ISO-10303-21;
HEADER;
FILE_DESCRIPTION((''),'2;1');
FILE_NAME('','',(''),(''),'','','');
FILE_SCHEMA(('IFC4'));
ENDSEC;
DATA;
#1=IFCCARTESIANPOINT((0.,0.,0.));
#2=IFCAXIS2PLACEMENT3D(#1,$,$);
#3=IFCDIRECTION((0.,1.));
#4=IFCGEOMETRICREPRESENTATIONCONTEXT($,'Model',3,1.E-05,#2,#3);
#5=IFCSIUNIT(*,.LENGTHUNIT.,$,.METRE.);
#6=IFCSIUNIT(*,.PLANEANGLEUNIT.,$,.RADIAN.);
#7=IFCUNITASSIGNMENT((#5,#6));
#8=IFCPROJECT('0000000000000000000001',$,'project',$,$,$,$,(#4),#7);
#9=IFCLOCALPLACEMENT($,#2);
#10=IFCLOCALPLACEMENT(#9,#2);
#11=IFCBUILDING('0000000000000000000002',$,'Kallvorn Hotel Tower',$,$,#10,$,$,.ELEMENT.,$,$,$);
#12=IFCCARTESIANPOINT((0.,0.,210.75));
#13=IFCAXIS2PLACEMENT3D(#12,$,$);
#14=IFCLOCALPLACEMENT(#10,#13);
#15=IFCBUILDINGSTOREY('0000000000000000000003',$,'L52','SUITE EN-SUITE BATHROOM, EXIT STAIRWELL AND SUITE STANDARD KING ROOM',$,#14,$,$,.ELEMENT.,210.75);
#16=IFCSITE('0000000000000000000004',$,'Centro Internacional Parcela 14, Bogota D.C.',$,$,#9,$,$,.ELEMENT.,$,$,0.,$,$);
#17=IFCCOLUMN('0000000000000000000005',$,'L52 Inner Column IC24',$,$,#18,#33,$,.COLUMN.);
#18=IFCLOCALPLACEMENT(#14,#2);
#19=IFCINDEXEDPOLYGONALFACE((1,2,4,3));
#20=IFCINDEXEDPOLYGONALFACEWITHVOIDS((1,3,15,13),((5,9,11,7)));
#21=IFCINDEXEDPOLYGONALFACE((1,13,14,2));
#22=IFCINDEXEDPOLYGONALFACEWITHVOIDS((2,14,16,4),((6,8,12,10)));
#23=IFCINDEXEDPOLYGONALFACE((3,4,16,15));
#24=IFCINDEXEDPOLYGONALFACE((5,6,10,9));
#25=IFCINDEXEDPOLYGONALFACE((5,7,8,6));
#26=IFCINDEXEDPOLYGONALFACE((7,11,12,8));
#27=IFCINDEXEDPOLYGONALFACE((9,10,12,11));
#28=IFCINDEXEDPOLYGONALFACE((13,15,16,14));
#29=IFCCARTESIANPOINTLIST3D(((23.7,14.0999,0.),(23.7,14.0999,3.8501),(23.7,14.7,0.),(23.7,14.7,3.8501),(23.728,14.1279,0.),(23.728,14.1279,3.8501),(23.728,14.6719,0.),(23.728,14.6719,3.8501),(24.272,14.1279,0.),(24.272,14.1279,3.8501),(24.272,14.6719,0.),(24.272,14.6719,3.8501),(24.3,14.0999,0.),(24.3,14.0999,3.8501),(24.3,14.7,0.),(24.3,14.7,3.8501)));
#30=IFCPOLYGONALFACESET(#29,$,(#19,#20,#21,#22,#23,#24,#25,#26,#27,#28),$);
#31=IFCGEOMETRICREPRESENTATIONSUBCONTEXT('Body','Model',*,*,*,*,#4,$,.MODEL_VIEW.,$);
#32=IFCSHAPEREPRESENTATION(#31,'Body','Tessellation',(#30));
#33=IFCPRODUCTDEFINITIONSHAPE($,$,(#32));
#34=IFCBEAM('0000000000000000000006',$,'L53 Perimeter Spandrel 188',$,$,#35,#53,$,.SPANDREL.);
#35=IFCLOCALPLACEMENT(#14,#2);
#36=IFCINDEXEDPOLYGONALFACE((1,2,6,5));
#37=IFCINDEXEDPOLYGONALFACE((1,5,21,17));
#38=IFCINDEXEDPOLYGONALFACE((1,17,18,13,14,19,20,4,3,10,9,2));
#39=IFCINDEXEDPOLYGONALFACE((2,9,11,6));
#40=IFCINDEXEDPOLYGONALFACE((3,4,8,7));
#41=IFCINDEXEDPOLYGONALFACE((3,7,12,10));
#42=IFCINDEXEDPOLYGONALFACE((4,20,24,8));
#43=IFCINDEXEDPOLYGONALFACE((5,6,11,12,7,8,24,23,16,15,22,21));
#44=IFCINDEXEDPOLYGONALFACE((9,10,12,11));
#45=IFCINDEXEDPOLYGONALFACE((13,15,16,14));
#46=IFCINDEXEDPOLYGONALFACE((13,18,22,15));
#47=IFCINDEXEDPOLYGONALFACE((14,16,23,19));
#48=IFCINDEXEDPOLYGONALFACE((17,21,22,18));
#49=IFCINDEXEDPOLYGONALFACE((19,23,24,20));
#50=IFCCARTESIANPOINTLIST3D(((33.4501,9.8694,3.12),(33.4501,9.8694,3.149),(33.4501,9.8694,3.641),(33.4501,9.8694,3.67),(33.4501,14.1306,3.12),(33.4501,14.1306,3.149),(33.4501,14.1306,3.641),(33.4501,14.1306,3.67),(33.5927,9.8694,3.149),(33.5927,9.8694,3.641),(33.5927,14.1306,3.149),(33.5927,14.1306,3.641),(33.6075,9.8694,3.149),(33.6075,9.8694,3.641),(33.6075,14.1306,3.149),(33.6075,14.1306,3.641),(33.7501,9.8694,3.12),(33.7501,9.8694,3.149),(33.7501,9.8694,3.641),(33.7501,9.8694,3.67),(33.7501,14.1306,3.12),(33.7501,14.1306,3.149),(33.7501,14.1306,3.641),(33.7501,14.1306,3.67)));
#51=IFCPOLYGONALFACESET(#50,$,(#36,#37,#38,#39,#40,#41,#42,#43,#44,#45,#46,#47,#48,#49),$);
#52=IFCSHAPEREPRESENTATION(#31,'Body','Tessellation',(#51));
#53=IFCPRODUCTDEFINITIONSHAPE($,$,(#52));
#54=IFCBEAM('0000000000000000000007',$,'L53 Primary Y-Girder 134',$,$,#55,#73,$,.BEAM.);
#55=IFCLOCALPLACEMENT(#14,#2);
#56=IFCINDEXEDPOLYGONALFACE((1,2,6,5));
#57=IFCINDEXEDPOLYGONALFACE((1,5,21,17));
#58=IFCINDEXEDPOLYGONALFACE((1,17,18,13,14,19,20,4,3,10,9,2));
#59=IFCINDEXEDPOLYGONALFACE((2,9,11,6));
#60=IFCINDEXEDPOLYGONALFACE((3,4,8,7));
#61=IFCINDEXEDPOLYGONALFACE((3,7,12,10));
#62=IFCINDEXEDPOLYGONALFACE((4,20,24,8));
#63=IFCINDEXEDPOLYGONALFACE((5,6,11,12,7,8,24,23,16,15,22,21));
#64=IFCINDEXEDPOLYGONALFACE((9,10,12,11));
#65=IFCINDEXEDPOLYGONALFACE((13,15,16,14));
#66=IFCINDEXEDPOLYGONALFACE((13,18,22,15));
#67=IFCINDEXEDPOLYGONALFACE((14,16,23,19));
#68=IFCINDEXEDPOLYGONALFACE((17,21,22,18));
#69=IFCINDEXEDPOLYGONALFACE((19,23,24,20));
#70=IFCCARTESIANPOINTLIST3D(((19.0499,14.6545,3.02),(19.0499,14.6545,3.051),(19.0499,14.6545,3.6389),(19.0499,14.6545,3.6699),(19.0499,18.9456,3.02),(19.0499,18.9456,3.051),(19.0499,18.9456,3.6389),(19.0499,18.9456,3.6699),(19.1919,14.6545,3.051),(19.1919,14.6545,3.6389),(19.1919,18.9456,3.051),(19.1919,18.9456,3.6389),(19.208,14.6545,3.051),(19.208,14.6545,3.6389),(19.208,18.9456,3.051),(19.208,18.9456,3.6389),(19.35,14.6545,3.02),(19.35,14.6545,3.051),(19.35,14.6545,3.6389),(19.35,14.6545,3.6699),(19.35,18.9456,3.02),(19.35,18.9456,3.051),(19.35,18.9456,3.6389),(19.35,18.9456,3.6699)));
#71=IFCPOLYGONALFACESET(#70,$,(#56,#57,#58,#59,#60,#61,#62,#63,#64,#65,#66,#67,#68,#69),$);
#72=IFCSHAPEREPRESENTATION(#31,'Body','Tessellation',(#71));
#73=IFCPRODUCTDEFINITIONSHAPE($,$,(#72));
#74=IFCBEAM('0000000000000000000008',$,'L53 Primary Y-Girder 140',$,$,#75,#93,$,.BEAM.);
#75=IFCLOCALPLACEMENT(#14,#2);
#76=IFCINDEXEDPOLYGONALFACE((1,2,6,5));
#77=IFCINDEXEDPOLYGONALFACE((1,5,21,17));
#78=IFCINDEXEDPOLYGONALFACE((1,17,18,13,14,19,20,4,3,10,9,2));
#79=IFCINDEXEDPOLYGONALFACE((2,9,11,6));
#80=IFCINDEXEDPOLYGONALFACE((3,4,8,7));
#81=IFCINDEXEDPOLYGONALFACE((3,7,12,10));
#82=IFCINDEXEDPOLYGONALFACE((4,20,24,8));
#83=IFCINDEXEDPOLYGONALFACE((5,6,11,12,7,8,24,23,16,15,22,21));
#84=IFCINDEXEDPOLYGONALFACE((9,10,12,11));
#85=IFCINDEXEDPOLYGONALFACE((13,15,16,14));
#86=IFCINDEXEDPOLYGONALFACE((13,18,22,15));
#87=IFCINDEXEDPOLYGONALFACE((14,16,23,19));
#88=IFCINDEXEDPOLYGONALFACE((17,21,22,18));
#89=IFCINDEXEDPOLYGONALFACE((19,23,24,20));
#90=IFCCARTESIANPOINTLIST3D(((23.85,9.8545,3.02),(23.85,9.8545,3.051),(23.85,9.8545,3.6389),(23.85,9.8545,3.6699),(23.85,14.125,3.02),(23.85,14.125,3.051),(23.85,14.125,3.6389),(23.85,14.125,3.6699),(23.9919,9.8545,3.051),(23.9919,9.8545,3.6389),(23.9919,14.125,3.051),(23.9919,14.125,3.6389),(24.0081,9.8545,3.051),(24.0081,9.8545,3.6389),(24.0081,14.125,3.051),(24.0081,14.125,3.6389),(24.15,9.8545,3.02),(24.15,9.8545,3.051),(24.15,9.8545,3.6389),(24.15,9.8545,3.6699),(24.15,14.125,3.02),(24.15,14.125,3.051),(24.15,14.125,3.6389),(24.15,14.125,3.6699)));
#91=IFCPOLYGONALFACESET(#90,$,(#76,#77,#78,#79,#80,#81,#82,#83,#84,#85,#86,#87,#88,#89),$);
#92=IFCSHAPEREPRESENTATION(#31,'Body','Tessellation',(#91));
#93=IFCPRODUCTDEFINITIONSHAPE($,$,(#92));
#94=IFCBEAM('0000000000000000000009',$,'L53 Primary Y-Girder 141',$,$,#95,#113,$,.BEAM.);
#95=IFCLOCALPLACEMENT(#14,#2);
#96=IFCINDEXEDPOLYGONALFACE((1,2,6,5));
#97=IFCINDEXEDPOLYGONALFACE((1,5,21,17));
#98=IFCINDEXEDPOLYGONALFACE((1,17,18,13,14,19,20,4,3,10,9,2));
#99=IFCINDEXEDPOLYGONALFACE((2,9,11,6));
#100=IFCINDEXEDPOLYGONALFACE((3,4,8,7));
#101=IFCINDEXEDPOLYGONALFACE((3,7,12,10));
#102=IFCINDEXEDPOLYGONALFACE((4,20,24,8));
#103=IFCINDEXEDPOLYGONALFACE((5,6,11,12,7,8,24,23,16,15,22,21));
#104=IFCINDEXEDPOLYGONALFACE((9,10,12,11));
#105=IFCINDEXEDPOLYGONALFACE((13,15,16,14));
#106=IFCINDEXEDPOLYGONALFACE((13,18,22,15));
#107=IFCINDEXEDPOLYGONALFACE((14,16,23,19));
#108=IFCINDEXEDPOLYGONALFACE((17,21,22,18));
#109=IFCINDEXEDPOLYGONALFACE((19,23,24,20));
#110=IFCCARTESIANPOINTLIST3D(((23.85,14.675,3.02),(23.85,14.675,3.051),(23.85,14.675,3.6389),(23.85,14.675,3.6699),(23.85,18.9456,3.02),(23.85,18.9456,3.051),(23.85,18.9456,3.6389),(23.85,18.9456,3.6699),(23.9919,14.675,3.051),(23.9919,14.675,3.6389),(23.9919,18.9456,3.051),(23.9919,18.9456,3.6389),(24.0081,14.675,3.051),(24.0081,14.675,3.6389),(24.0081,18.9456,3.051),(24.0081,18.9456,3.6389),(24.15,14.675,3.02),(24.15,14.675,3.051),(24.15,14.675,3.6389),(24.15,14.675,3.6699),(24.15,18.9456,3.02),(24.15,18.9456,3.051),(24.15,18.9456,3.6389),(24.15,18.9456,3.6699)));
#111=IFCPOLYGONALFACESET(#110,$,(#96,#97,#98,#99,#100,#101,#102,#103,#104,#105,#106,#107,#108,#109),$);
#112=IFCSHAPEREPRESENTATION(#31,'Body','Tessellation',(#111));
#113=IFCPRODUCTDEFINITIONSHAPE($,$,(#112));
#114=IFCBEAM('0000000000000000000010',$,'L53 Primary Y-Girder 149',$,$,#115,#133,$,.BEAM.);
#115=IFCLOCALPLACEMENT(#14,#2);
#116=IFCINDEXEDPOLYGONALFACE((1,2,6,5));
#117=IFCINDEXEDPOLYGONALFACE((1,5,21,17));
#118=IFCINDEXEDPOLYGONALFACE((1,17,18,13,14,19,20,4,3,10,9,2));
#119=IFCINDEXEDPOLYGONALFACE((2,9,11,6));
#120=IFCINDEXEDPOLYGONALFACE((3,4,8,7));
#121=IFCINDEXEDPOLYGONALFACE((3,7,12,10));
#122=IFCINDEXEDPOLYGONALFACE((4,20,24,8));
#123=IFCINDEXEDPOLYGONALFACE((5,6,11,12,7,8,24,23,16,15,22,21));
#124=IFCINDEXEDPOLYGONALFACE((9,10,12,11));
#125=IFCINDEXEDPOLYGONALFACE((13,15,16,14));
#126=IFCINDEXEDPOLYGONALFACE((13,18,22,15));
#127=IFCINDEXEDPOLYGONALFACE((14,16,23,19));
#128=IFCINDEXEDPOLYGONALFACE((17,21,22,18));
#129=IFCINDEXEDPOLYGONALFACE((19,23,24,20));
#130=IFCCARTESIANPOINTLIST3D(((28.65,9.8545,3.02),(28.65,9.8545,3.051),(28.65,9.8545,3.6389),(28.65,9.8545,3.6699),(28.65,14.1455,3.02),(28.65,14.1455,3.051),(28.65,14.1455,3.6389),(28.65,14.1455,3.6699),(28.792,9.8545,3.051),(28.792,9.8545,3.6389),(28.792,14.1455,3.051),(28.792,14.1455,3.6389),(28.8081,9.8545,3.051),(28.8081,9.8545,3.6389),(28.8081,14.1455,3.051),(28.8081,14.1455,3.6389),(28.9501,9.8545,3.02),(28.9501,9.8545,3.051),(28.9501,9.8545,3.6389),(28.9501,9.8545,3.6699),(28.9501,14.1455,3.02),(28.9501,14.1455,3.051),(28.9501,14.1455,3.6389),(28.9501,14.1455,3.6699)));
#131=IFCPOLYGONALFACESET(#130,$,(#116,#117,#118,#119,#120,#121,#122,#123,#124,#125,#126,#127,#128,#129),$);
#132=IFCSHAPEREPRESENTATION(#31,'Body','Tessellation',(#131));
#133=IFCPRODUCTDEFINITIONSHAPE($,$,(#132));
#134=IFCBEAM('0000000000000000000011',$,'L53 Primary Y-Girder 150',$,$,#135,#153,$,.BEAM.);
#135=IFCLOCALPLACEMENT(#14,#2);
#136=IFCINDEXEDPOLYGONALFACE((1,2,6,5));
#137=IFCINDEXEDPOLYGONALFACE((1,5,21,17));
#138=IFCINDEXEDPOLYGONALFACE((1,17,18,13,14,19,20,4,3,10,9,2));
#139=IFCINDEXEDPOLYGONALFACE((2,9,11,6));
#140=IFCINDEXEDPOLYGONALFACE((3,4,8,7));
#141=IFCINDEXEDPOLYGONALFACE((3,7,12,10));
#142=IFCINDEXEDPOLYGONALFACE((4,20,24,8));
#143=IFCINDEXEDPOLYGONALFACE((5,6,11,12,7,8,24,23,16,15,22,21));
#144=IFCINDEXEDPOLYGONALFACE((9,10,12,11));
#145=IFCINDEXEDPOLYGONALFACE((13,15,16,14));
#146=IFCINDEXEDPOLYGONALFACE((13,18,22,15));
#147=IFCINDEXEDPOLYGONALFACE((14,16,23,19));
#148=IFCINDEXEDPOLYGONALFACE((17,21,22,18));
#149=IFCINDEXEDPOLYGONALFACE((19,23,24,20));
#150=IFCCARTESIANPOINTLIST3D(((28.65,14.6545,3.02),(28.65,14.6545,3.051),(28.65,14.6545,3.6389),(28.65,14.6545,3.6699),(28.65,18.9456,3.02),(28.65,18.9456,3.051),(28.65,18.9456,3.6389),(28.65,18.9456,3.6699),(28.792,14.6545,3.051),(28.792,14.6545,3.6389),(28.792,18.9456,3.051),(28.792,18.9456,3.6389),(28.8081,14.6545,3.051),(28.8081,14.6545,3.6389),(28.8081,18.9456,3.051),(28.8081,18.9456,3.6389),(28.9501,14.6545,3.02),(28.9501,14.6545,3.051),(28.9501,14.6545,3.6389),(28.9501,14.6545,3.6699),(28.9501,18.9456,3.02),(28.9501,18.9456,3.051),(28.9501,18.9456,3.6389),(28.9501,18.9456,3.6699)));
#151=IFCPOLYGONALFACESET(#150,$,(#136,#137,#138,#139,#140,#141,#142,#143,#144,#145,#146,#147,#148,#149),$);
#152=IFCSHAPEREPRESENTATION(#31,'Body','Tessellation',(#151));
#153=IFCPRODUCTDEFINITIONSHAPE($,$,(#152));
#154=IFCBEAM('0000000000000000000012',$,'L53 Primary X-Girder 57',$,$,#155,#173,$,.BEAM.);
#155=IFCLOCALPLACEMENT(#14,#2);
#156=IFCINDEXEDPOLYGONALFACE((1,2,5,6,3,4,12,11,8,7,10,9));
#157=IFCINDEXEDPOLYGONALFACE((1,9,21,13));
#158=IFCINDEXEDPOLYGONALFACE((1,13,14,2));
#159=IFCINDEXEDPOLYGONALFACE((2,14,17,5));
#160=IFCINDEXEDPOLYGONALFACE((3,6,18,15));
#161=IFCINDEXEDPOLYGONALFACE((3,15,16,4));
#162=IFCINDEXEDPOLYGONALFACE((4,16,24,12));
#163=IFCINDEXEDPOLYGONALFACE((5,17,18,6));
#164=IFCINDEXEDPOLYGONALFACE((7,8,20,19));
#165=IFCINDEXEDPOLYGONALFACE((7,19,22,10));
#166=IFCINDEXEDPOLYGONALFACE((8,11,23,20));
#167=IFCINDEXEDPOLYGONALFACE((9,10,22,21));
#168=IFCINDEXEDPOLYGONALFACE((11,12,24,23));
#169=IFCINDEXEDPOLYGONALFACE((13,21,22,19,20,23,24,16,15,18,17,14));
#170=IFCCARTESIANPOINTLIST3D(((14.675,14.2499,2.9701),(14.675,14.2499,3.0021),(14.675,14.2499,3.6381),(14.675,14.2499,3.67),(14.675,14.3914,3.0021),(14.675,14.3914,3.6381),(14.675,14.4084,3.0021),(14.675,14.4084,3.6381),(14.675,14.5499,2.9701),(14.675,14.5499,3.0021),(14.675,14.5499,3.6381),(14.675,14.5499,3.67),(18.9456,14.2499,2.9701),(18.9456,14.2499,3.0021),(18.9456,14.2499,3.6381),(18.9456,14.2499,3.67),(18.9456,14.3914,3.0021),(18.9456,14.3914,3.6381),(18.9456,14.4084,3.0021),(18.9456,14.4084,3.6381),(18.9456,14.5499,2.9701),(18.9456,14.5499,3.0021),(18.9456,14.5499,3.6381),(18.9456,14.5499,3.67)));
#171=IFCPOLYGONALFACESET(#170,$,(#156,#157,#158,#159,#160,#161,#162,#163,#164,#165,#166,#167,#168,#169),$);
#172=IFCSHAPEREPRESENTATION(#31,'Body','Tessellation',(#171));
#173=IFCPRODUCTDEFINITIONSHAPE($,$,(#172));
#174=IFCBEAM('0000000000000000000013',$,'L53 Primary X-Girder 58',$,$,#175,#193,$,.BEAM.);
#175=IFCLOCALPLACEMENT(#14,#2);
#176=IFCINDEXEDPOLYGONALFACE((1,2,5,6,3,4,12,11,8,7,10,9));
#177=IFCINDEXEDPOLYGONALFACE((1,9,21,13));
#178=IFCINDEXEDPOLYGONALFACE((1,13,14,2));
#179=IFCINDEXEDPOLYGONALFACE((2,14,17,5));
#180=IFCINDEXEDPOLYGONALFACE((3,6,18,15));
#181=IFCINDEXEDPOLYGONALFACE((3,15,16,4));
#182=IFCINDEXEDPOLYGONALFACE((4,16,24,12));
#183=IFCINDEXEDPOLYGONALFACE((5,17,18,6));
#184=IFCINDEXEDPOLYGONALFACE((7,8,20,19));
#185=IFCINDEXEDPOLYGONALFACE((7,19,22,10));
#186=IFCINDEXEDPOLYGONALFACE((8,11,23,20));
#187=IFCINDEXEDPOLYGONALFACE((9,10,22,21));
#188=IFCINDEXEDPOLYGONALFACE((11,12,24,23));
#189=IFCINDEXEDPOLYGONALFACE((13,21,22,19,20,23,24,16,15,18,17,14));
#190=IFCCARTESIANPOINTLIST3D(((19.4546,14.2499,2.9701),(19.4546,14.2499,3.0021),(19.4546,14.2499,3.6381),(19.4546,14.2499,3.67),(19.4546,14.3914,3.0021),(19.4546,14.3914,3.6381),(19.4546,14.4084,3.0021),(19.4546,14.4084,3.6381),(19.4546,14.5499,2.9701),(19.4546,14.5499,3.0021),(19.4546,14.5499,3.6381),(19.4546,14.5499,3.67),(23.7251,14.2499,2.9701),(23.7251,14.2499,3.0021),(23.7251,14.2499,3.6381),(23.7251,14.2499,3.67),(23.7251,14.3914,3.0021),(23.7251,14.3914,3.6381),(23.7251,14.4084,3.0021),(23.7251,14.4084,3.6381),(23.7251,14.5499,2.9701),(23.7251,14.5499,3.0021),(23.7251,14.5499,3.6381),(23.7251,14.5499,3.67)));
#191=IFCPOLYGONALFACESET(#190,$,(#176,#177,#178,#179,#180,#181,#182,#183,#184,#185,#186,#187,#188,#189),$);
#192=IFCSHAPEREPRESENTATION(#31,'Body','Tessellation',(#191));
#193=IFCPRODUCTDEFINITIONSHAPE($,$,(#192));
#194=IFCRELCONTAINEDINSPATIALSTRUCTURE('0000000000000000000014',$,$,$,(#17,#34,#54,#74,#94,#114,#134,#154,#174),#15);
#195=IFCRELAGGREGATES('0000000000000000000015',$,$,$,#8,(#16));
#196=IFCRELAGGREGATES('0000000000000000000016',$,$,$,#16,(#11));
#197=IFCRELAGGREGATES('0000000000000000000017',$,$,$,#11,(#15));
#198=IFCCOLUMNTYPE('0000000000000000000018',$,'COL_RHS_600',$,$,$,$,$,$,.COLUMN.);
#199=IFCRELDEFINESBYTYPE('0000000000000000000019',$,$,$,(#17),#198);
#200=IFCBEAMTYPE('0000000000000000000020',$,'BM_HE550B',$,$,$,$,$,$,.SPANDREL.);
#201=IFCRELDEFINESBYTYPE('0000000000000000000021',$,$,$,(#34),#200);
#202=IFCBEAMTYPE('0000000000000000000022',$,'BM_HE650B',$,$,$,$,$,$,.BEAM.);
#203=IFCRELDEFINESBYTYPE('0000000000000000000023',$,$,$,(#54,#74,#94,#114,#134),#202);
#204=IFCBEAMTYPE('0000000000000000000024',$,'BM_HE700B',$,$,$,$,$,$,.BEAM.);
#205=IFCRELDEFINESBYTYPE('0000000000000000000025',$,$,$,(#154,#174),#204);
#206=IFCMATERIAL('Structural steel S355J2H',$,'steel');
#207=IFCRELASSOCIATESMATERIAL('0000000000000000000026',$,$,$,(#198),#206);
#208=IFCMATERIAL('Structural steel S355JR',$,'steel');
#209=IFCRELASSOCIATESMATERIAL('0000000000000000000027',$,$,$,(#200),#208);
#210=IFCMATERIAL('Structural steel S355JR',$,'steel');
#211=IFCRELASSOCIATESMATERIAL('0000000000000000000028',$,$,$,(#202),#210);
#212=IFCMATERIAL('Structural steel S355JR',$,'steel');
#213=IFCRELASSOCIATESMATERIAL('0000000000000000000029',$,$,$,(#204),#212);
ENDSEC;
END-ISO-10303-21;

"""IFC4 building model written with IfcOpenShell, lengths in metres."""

from ifc_helpers import new_model, si_unit, direction, frame, origin, origin_2d, place, context, subcontext, project, spatial, hollow_rectangle, i_section, extrude, material, material_profile, profile_set, type_object, element, save


model = new_model("IFC4")

# Units and contexts
model_context = context("Model", 3, precision=1e-05, world=origin(), true_north=direction((0.0, 1.0)))
body_context = subcontext(model_context, "Body", "Model", "MODEL_VIEW")
ifc_project = project(units=[si_unit("LENGTHUNIT", "METRE"), si_unit("PLANEANGLEUNIT", "RADIAN")], contexts=[model_context])

# Site, building, storey
site_placement = place(None, origin())
site = spatial("IfcSite", under=ifc_project, at=site_placement, Name="Centro Internacional Parcela 14, Bogota D.C.", CompositionType="ELEMENT", RefElevation=0.0)
building_placement = place(site_placement, origin())
building = spatial("IfcBuilding", under=site, at=building_placement, Name="Kallvorn Hotel Tower", CompositionType="ELEMENT")
storey_placement = place(building_placement, frame((0.0, 0.0, 210.75)))
storey = spatial("IfcBuildingStorey", under=building, at=storey_placement, Name="L52", Description="SUITE EN-SUITE BATHROOM, EXIT STAIRWELL AND SUITE STANDARD KING ROOM", CompositionType="ELEMENT", Elevation=210.75)

# Column
ifc_material_1 = material(Name="Structural steel S355J2H", Category="steel")
ifc_material_profile_1 = material_profile(ifc_material_1, hollow_rectangle(XDim=0.6001, YDim=0.6001, WallThickness=0.0281, at=origin_2d()), Name="RHS 600x600x28")
ifc_profile_set_1 = profile_set([ifc_material_profile_1], Name="Structural steel S355J2H")
column_type_1 = type_object("IfcColumnType", Name="COL_RHS_600", PredefinedType="COLUMN", material=ifc_profile_set_1)
column_placement = place(storey_placement, frame((24.0, 14.3999, 0.0), z_axis=(0.0, 0.0, 1.0), x_axis=(1.0, 0.0, 0.0)))
element("IfcColumn", 1, at=column_placement, inside=storey, type_object=column_type_1, Name="L52 Inner Column IC24", PredefinedType="COLUMN", context=body_context, shape_type="SweptSolid", body=[
    extrude(hollow_rectangle(XDim=0.6001, YDim=0.6001, WallThickness=0.0281, at=origin_2d()), origin(), (0.0, 0.0, 1.0), 3.8501),
])

# Beams
ifc_material_2 = material(Name="Structural steel S355JR", Category="steel")
ifc_material_profile_2 = material_profile(ifc_material_2, i_section(OverallWidth=0.3, OverallDepth=0.55, WebThickness=0.0149, FlangeThickness=0.0291, at=origin_2d()), Name="HE 550 B")
ifc_profile_set_2 = profile_set([ifc_material_profile_2], Name="Structural steel S355JR")
beam_type_1 = type_object("IfcBeamType", Name="BM_HE550B", PredefinedType="SPANDREL", material=ifc_profile_set_2)
beam_1_placement = place(storey_placement, frame((33.6001, 9.8694, 3.395), z_axis=(0.0, 1.0, 0.0), x_axis=(-1.0, 0.0, 0.0)))
element("IfcBeam", 2, at=beam_1_placement, inside=storey, type_object=beam_type_1, Name="L53 Perimeter Spandrel 188", PredefinedType="SPANDREL", context=body_context, shape_type="SweptSolid", body=[
    extrude(i_section(OverallWidth=0.3, OverallDepth=0.55, WebThickness=0.0149, FlangeThickness=0.0291, at=origin_2d()), origin(), (0.0, 0.0, 1.0), 4.2612),
])
ifc_material_3 = material(Name="Structural steel S355JR", Category="steel")
ifc_material_profile_3 = material_profile(ifc_material_3, i_section(OverallWidth=0.3, OverallDepth=0.6499, WebThickness=0.0161, FlangeThickness=0.031, at=origin_2d()), Name="HE 650 B")
ifc_profile_set_3 = profile_set([ifc_material_profile_3], Name="Structural steel S355JR")
beam_type_2 = type_object("IfcBeamType", Name="BM_HE650B", PredefinedType="BEAM", material=ifc_profile_set_3)
beam_2_placement = place(storey_placement, frame((19.2, 14.6545, 3.345), z_axis=(0.0, 1.0, 0.0), x_axis=(-1.0, 0.0, 0.0)))
element("IfcBeam", 3, at=beam_2_placement, inside=storey, type_object=beam_type_2, Name="L53 Primary Y-Girder 134", PredefinedType="BEAM", context=body_context, shape_type="SweptSolid", body=[
    extrude(i_section(OverallWidth=0.3, OverallDepth=0.6499, WebThickness=0.0161, FlangeThickness=0.031, at=origin_2d()), origin(), (0.0, 0.0, 1.0), 4.291),
])
for number, where, z_axis, x_axis, name in (
    (4, (24.0, 9.8545, 3.345), (0.0, 1.0, 0.0), (-1.0, 0.0, 0.0), "L53 Primary Y-Girder 140"),
    (5, (24.0, 14.675, 3.345), (0.0, 1.0, 0.0), (-1.0, 0.0, 0.0), "L53 Primary Y-Girder 141"),
):
    element("IfcBeam", number, at=place(storey_placement, frame(where, z_axis=z_axis, x_axis=x_axis)), inside=storey, type_object=beam_type_2, Name=name, PredefinedType="BEAM", context=body_context, shape_type="SweptSolid", body=[
        extrude(i_section(OverallWidth=0.3, OverallDepth=0.6499, WebThickness=0.0161, FlangeThickness=0.031, at=origin_2d()), origin(), (0.0, 0.0, 1.0), 4.2705),
    ])
for number, where, z_axis, x_axis, name in (
    (6, (28.8, 9.8545, 3.345), (0.0, 1.0, 0.0), (-1.0, 0.0, 0.0), "L53 Primary Y-Girder 149"),
    (7, (28.8, 14.6545, 3.345), (0.0, 1.0, 0.0), (-1.0, 0.0, 0.0), "L53 Primary Y-Girder 150"),
):
    element("IfcBeam", number, at=place(storey_placement, frame(where, z_axis=z_axis, x_axis=x_axis)), inside=storey, type_object=beam_type_2, Name=name, PredefinedType="BEAM", context=body_context, shape_type="SweptSolid", body=[
        extrude(i_section(OverallWidth=0.3, OverallDepth=0.6499, WebThickness=0.0161, FlangeThickness=0.031, at=origin_2d()), origin(), (0.0, 0.0, 1.0), 4.291),
    ])
ifc_material_4 = material(Name="Structural steel S355JR", Category="steel")
ifc_material_profile_4 = material_profile(ifc_material_4, i_section(OverallWidth=0.3, OverallDepth=0.7, WebThickness=0.0171, FlangeThickness=0.032, at=origin_2d()), Name="HE 700 B")
ifc_profile_set_4 = profile_set([ifc_material_profile_4], Name="Structural steel S355JR")
beam_type_3 = type_object("IfcBeamType", Name="BM_HE700B", PredefinedType="BEAM", material=ifc_profile_set_4)
for number, where, z_axis, x_axis, name in (
    (8, (14.675, 14.3999, 3.3201), (1.0, 0.0, 0.0), (0.0, 1.0, 0.0), "L53 Primary X-Girder 57"),
    (9, (19.4546, 14.3999, 3.3201), (1.0, 0.0, 0.0), (0.0, 1.0, 0.0), "L53 Primary X-Girder 58"),
):
    element("IfcBeam", number, at=place(storey_placement, frame(where, z_axis=z_axis, x_axis=x_axis)), inside=storey, type_object=beam_type_3, Name=name, PredefinedType="BEAM", context=body_context, shape_type="SweptSolid", body=[
        extrude(i_section(OverallWidth=0.3, OverallDepth=0.7, WebThickness=0.0171, FlangeThickness=0.032, at=origin_2d()), origin(), (0.0, 0.0, 1.0), 4.2705),
    ])

save(model, "model.ifc")
